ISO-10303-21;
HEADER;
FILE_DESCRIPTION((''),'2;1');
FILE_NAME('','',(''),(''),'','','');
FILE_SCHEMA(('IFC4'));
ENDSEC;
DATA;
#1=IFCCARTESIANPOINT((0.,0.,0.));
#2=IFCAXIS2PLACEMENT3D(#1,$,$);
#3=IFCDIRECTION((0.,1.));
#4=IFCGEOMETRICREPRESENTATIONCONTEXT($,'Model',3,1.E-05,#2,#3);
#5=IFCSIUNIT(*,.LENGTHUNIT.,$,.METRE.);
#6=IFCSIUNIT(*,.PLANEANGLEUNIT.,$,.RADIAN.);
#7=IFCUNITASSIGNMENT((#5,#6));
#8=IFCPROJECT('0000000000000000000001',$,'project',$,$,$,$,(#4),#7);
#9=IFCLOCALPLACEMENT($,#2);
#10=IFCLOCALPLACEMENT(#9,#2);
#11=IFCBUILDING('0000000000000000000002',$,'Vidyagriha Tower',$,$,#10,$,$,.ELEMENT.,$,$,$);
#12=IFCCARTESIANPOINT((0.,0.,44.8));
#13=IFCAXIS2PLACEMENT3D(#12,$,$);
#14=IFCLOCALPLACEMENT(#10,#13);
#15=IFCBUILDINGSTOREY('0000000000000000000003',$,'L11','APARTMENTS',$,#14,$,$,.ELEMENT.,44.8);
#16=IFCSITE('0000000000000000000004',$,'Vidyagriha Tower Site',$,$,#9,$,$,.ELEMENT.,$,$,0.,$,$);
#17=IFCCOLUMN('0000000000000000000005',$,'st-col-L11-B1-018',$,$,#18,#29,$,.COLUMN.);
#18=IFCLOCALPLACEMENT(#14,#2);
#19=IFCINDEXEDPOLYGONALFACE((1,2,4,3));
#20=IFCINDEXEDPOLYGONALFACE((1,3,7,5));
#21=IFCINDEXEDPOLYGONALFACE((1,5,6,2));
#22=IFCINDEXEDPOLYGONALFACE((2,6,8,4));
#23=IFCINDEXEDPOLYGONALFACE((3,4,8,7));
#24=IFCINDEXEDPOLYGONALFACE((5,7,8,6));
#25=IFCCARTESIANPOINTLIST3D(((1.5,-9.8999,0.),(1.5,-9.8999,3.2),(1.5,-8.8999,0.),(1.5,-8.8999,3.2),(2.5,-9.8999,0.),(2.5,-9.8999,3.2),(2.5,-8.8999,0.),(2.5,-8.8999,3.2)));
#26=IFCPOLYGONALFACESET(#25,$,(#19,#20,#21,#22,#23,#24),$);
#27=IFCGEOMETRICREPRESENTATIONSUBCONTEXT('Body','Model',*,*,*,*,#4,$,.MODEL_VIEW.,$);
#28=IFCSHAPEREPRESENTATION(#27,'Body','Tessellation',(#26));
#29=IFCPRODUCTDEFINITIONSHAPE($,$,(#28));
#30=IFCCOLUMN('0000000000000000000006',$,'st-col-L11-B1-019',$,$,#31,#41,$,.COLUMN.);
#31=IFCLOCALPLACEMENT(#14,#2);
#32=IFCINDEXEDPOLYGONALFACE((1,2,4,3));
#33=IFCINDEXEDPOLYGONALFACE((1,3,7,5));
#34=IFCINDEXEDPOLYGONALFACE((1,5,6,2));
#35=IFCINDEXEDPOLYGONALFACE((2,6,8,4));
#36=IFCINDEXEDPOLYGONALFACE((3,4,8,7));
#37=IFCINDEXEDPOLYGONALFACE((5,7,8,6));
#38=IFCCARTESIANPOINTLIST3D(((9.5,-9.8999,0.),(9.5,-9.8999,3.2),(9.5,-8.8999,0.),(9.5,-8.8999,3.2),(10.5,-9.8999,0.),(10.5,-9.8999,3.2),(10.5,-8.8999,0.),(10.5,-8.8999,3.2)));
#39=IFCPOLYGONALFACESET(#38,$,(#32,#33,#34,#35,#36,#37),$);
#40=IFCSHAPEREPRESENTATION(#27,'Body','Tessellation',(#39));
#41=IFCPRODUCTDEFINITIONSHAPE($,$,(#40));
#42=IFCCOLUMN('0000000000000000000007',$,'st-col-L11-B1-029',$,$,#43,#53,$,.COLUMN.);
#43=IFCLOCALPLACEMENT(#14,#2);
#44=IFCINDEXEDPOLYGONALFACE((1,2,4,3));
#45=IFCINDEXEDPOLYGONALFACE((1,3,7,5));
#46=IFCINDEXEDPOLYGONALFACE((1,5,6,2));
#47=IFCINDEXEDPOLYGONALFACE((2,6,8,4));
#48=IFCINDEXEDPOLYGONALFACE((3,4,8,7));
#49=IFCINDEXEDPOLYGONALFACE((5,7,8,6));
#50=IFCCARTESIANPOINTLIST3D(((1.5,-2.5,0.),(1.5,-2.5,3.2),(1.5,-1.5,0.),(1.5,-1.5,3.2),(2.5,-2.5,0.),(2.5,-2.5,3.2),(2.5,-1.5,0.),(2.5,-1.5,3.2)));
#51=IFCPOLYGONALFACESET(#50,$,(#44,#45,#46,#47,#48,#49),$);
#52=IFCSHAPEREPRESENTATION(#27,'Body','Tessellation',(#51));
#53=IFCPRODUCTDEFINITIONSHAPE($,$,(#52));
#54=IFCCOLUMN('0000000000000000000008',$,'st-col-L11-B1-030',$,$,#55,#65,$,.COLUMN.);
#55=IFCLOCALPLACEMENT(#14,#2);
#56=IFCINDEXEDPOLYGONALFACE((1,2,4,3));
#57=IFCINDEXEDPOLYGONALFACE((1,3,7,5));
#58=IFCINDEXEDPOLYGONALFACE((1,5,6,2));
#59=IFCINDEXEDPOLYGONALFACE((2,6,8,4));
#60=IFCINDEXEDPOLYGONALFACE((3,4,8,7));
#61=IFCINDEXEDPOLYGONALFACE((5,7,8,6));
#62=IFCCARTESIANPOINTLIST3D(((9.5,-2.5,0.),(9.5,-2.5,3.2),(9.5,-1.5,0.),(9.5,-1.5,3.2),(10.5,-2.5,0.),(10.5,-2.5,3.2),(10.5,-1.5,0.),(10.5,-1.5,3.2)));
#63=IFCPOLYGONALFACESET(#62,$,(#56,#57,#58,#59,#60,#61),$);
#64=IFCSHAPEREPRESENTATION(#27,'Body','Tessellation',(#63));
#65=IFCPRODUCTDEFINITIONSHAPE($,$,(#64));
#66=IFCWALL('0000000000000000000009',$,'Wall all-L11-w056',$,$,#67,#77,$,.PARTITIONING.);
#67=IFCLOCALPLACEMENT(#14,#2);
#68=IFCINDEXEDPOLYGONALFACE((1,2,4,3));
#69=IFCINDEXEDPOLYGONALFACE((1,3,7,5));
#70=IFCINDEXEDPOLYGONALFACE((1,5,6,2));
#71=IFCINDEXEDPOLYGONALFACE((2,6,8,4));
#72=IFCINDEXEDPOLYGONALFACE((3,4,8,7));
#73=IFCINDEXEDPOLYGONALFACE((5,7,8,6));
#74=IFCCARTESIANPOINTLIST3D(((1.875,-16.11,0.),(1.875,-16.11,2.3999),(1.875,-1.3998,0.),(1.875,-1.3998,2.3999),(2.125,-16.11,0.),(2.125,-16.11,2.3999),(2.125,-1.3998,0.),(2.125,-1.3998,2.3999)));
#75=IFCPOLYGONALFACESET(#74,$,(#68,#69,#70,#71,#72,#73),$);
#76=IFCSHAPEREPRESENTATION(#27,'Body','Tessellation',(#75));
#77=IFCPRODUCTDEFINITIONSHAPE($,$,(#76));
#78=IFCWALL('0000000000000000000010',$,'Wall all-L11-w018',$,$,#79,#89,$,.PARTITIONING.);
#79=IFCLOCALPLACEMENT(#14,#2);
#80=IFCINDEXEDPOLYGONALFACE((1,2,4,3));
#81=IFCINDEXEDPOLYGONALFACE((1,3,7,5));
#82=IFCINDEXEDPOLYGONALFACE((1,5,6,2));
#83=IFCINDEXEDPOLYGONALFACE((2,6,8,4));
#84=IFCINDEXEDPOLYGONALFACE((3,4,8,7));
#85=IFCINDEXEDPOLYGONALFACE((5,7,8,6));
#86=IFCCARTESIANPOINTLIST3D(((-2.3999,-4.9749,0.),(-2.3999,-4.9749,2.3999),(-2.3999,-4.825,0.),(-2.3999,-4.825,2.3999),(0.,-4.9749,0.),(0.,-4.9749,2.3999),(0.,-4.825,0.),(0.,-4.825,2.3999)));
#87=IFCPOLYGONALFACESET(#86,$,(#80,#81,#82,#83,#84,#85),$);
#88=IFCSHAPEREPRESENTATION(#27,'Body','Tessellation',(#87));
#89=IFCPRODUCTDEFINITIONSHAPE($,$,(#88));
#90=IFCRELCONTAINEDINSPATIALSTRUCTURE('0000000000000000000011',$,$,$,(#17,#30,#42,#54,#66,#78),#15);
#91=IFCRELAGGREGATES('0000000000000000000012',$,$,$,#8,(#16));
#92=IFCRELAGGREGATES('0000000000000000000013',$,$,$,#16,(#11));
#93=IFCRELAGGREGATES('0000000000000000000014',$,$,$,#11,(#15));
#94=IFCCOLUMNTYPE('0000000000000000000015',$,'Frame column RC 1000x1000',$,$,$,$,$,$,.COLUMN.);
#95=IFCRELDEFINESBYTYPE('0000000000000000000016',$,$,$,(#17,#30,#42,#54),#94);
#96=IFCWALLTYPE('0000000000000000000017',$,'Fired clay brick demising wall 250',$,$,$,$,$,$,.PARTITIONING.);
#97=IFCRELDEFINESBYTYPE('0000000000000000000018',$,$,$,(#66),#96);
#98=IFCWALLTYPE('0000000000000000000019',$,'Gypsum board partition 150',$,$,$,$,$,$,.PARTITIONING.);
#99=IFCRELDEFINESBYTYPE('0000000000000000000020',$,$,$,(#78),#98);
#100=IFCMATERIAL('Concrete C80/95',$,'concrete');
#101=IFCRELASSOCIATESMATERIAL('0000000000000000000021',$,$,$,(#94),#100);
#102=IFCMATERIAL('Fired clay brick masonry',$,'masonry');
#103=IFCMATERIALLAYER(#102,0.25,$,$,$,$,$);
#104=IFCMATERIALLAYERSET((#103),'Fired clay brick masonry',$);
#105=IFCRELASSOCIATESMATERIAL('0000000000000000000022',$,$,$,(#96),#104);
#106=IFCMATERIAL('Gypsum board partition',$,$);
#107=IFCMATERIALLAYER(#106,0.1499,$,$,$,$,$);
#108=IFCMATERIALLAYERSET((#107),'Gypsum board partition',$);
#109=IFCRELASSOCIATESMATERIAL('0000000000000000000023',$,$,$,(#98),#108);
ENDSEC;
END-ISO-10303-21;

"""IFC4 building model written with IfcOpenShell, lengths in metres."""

from ifc_helpers import new_model, si_unit, direction, frame, frame_2d, origin, origin_2d, place, context, subcontext, project, spatial, rectangle, extrude, material, layer, layer_set, material_profile, profile_set, type_object, element, save


model = new_model("IFC4")

# Units and contexts
model_context = context("Model", 3, precision=1e-05, world=origin(), true_north=direction((0.0, 1.0)))
body_context = subcontext(model_context, "Body", "Model", "MODEL_VIEW")
ifc_project = project(units=[si_unit("LENGTHUNIT", "METRE"), si_unit("PLANEANGLEUNIT", "RADIAN")], contexts=[model_context])

# Site, building, storey
site_placement = place(None, origin())
site = spatial("IfcSite", under=ifc_project, at=site_placement, Name="Vidyagriha Tower Site", CompositionType="ELEMENT", RefElevation=0.0)
building_placement = place(site_placement, origin())
building = spatial("IfcBuilding", under=site, at=building_placement, Name="Vidyagriha Tower", CompositionType="ELEMENT")
storey_placement = place(building_placement, frame((0.0, 0.0, 44.8)))
storey = spatial("IfcBuildingStorey", under=building, at=storey_placement, Name="L11", Description="APARTMENTS", CompositionType="ELEMENT", Elevation=44.8)

# Columns
ifc_material_1 = material(Name="Concrete C80/95", Category="concrete")
ifc_material_profile = material_profile(ifc_material_1, rectangle(XDim=1.0, YDim=1.0, at=origin_2d()), Name="RC 1000x1000")
ifc_profile_set = profile_set([ifc_material_profile], Name="Concrete C80/95")
column_type = type_object("IfcColumnType", Name="Frame column RC 1000x1000", PredefinedType="COLUMN", material=ifc_profile_set)
for number, where, name in (
    (1, (2.0, -9.3999, 0.0), "st-col-L11-B1-018"),
    (2, (10.0, -9.3999, 0.0), "st-col-L11-B1-019"),
    (3, (2.0, -2.0, 0.0), "st-col-L11-B1-029"),
    (4, (10.0, -2.0, 0.0), "st-col-L11-B1-030"),
):
    element("IfcColumn", number, at=place(storey_placement, frame(where)), inside=storey, type_object=column_type, Name=name, PredefinedType="COLUMN", context=body_context, shape_type="SweptSolid", body=[
        extrude(rectangle(XDim=1.0, YDim=1.0, at=origin_2d()), origin(), (0.0, 0.0, 1.0), 3.2),
    ])

# Walls
ifc_material_2 = material(Name="Fired clay brick masonry", Category="masonry")
ifc_layer_1 = layer(ifc_material_2, 0.25)
ifc_layer_set_1 = layer_set([ifc_layer_1], Name="Fired clay brick masonry")
wall_type_1 = type_object("IfcWallType", Name="Fired clay brick demising wall 250", PredefinedType="PARTITIONING", material=ifc_layer_set_1)
wall_1_placement = place(storey_placement, frame((2.0, -1.3999, 0.0), z_axis=(0.0, 0.0, 1.0), x_axis=(0.0, -1.0, 0.0)))
element("IfcWall", 5, at=wall_1_placement, inside=storey, type_object=wall_type_1, Name="Wall all-L11-w056", PredefinedType="PARTITIONING", context=body_context, shape_type="SweptSolid", body=[
    extrude(rectangle(XDim=14.7102, YDim=0.25, at=frame_2d((7.355, 0.0))), origin(), (0.0, 0.0, 1.0), 2.3999),
])
ifc_material_3 = material(Name="Gypsum board partition")
ifc_layer_2 = layer(ifc_material_3, 0.1499)
ifc_layer_set_2 = layer_set([ifc_layer_2], Name="Gypsum board partition")
wall_type_2 = type_object("IfcWallType", Name="Gypsum board partition 150", PredefinedType="PARTITIONING", material=ifc_layer_set_2)
wall_2_placement = place(storey_placement, frame((0.0, -4.8999, 0.0), z_axis=(0.0, 0.0, 1.0), x_axis=(-1.0, 0.0, 0.0)))
element("IfcWall", 6, at=wall_2_placement, inside=storey, type_object=wall_type_2, Name="Wall all-L11-w018", PredefinedType="PARTITIONING", context=body_context, shape_type="SweptSolid", body=[
    extrude(rectangle(XDim=2.3999, YDim=0.1499, at=frame_2d((1.2, 0.0))), origin(), (0.0, 0.0, 1.0), 2.3999),
])

save(model, "model.ifc")
